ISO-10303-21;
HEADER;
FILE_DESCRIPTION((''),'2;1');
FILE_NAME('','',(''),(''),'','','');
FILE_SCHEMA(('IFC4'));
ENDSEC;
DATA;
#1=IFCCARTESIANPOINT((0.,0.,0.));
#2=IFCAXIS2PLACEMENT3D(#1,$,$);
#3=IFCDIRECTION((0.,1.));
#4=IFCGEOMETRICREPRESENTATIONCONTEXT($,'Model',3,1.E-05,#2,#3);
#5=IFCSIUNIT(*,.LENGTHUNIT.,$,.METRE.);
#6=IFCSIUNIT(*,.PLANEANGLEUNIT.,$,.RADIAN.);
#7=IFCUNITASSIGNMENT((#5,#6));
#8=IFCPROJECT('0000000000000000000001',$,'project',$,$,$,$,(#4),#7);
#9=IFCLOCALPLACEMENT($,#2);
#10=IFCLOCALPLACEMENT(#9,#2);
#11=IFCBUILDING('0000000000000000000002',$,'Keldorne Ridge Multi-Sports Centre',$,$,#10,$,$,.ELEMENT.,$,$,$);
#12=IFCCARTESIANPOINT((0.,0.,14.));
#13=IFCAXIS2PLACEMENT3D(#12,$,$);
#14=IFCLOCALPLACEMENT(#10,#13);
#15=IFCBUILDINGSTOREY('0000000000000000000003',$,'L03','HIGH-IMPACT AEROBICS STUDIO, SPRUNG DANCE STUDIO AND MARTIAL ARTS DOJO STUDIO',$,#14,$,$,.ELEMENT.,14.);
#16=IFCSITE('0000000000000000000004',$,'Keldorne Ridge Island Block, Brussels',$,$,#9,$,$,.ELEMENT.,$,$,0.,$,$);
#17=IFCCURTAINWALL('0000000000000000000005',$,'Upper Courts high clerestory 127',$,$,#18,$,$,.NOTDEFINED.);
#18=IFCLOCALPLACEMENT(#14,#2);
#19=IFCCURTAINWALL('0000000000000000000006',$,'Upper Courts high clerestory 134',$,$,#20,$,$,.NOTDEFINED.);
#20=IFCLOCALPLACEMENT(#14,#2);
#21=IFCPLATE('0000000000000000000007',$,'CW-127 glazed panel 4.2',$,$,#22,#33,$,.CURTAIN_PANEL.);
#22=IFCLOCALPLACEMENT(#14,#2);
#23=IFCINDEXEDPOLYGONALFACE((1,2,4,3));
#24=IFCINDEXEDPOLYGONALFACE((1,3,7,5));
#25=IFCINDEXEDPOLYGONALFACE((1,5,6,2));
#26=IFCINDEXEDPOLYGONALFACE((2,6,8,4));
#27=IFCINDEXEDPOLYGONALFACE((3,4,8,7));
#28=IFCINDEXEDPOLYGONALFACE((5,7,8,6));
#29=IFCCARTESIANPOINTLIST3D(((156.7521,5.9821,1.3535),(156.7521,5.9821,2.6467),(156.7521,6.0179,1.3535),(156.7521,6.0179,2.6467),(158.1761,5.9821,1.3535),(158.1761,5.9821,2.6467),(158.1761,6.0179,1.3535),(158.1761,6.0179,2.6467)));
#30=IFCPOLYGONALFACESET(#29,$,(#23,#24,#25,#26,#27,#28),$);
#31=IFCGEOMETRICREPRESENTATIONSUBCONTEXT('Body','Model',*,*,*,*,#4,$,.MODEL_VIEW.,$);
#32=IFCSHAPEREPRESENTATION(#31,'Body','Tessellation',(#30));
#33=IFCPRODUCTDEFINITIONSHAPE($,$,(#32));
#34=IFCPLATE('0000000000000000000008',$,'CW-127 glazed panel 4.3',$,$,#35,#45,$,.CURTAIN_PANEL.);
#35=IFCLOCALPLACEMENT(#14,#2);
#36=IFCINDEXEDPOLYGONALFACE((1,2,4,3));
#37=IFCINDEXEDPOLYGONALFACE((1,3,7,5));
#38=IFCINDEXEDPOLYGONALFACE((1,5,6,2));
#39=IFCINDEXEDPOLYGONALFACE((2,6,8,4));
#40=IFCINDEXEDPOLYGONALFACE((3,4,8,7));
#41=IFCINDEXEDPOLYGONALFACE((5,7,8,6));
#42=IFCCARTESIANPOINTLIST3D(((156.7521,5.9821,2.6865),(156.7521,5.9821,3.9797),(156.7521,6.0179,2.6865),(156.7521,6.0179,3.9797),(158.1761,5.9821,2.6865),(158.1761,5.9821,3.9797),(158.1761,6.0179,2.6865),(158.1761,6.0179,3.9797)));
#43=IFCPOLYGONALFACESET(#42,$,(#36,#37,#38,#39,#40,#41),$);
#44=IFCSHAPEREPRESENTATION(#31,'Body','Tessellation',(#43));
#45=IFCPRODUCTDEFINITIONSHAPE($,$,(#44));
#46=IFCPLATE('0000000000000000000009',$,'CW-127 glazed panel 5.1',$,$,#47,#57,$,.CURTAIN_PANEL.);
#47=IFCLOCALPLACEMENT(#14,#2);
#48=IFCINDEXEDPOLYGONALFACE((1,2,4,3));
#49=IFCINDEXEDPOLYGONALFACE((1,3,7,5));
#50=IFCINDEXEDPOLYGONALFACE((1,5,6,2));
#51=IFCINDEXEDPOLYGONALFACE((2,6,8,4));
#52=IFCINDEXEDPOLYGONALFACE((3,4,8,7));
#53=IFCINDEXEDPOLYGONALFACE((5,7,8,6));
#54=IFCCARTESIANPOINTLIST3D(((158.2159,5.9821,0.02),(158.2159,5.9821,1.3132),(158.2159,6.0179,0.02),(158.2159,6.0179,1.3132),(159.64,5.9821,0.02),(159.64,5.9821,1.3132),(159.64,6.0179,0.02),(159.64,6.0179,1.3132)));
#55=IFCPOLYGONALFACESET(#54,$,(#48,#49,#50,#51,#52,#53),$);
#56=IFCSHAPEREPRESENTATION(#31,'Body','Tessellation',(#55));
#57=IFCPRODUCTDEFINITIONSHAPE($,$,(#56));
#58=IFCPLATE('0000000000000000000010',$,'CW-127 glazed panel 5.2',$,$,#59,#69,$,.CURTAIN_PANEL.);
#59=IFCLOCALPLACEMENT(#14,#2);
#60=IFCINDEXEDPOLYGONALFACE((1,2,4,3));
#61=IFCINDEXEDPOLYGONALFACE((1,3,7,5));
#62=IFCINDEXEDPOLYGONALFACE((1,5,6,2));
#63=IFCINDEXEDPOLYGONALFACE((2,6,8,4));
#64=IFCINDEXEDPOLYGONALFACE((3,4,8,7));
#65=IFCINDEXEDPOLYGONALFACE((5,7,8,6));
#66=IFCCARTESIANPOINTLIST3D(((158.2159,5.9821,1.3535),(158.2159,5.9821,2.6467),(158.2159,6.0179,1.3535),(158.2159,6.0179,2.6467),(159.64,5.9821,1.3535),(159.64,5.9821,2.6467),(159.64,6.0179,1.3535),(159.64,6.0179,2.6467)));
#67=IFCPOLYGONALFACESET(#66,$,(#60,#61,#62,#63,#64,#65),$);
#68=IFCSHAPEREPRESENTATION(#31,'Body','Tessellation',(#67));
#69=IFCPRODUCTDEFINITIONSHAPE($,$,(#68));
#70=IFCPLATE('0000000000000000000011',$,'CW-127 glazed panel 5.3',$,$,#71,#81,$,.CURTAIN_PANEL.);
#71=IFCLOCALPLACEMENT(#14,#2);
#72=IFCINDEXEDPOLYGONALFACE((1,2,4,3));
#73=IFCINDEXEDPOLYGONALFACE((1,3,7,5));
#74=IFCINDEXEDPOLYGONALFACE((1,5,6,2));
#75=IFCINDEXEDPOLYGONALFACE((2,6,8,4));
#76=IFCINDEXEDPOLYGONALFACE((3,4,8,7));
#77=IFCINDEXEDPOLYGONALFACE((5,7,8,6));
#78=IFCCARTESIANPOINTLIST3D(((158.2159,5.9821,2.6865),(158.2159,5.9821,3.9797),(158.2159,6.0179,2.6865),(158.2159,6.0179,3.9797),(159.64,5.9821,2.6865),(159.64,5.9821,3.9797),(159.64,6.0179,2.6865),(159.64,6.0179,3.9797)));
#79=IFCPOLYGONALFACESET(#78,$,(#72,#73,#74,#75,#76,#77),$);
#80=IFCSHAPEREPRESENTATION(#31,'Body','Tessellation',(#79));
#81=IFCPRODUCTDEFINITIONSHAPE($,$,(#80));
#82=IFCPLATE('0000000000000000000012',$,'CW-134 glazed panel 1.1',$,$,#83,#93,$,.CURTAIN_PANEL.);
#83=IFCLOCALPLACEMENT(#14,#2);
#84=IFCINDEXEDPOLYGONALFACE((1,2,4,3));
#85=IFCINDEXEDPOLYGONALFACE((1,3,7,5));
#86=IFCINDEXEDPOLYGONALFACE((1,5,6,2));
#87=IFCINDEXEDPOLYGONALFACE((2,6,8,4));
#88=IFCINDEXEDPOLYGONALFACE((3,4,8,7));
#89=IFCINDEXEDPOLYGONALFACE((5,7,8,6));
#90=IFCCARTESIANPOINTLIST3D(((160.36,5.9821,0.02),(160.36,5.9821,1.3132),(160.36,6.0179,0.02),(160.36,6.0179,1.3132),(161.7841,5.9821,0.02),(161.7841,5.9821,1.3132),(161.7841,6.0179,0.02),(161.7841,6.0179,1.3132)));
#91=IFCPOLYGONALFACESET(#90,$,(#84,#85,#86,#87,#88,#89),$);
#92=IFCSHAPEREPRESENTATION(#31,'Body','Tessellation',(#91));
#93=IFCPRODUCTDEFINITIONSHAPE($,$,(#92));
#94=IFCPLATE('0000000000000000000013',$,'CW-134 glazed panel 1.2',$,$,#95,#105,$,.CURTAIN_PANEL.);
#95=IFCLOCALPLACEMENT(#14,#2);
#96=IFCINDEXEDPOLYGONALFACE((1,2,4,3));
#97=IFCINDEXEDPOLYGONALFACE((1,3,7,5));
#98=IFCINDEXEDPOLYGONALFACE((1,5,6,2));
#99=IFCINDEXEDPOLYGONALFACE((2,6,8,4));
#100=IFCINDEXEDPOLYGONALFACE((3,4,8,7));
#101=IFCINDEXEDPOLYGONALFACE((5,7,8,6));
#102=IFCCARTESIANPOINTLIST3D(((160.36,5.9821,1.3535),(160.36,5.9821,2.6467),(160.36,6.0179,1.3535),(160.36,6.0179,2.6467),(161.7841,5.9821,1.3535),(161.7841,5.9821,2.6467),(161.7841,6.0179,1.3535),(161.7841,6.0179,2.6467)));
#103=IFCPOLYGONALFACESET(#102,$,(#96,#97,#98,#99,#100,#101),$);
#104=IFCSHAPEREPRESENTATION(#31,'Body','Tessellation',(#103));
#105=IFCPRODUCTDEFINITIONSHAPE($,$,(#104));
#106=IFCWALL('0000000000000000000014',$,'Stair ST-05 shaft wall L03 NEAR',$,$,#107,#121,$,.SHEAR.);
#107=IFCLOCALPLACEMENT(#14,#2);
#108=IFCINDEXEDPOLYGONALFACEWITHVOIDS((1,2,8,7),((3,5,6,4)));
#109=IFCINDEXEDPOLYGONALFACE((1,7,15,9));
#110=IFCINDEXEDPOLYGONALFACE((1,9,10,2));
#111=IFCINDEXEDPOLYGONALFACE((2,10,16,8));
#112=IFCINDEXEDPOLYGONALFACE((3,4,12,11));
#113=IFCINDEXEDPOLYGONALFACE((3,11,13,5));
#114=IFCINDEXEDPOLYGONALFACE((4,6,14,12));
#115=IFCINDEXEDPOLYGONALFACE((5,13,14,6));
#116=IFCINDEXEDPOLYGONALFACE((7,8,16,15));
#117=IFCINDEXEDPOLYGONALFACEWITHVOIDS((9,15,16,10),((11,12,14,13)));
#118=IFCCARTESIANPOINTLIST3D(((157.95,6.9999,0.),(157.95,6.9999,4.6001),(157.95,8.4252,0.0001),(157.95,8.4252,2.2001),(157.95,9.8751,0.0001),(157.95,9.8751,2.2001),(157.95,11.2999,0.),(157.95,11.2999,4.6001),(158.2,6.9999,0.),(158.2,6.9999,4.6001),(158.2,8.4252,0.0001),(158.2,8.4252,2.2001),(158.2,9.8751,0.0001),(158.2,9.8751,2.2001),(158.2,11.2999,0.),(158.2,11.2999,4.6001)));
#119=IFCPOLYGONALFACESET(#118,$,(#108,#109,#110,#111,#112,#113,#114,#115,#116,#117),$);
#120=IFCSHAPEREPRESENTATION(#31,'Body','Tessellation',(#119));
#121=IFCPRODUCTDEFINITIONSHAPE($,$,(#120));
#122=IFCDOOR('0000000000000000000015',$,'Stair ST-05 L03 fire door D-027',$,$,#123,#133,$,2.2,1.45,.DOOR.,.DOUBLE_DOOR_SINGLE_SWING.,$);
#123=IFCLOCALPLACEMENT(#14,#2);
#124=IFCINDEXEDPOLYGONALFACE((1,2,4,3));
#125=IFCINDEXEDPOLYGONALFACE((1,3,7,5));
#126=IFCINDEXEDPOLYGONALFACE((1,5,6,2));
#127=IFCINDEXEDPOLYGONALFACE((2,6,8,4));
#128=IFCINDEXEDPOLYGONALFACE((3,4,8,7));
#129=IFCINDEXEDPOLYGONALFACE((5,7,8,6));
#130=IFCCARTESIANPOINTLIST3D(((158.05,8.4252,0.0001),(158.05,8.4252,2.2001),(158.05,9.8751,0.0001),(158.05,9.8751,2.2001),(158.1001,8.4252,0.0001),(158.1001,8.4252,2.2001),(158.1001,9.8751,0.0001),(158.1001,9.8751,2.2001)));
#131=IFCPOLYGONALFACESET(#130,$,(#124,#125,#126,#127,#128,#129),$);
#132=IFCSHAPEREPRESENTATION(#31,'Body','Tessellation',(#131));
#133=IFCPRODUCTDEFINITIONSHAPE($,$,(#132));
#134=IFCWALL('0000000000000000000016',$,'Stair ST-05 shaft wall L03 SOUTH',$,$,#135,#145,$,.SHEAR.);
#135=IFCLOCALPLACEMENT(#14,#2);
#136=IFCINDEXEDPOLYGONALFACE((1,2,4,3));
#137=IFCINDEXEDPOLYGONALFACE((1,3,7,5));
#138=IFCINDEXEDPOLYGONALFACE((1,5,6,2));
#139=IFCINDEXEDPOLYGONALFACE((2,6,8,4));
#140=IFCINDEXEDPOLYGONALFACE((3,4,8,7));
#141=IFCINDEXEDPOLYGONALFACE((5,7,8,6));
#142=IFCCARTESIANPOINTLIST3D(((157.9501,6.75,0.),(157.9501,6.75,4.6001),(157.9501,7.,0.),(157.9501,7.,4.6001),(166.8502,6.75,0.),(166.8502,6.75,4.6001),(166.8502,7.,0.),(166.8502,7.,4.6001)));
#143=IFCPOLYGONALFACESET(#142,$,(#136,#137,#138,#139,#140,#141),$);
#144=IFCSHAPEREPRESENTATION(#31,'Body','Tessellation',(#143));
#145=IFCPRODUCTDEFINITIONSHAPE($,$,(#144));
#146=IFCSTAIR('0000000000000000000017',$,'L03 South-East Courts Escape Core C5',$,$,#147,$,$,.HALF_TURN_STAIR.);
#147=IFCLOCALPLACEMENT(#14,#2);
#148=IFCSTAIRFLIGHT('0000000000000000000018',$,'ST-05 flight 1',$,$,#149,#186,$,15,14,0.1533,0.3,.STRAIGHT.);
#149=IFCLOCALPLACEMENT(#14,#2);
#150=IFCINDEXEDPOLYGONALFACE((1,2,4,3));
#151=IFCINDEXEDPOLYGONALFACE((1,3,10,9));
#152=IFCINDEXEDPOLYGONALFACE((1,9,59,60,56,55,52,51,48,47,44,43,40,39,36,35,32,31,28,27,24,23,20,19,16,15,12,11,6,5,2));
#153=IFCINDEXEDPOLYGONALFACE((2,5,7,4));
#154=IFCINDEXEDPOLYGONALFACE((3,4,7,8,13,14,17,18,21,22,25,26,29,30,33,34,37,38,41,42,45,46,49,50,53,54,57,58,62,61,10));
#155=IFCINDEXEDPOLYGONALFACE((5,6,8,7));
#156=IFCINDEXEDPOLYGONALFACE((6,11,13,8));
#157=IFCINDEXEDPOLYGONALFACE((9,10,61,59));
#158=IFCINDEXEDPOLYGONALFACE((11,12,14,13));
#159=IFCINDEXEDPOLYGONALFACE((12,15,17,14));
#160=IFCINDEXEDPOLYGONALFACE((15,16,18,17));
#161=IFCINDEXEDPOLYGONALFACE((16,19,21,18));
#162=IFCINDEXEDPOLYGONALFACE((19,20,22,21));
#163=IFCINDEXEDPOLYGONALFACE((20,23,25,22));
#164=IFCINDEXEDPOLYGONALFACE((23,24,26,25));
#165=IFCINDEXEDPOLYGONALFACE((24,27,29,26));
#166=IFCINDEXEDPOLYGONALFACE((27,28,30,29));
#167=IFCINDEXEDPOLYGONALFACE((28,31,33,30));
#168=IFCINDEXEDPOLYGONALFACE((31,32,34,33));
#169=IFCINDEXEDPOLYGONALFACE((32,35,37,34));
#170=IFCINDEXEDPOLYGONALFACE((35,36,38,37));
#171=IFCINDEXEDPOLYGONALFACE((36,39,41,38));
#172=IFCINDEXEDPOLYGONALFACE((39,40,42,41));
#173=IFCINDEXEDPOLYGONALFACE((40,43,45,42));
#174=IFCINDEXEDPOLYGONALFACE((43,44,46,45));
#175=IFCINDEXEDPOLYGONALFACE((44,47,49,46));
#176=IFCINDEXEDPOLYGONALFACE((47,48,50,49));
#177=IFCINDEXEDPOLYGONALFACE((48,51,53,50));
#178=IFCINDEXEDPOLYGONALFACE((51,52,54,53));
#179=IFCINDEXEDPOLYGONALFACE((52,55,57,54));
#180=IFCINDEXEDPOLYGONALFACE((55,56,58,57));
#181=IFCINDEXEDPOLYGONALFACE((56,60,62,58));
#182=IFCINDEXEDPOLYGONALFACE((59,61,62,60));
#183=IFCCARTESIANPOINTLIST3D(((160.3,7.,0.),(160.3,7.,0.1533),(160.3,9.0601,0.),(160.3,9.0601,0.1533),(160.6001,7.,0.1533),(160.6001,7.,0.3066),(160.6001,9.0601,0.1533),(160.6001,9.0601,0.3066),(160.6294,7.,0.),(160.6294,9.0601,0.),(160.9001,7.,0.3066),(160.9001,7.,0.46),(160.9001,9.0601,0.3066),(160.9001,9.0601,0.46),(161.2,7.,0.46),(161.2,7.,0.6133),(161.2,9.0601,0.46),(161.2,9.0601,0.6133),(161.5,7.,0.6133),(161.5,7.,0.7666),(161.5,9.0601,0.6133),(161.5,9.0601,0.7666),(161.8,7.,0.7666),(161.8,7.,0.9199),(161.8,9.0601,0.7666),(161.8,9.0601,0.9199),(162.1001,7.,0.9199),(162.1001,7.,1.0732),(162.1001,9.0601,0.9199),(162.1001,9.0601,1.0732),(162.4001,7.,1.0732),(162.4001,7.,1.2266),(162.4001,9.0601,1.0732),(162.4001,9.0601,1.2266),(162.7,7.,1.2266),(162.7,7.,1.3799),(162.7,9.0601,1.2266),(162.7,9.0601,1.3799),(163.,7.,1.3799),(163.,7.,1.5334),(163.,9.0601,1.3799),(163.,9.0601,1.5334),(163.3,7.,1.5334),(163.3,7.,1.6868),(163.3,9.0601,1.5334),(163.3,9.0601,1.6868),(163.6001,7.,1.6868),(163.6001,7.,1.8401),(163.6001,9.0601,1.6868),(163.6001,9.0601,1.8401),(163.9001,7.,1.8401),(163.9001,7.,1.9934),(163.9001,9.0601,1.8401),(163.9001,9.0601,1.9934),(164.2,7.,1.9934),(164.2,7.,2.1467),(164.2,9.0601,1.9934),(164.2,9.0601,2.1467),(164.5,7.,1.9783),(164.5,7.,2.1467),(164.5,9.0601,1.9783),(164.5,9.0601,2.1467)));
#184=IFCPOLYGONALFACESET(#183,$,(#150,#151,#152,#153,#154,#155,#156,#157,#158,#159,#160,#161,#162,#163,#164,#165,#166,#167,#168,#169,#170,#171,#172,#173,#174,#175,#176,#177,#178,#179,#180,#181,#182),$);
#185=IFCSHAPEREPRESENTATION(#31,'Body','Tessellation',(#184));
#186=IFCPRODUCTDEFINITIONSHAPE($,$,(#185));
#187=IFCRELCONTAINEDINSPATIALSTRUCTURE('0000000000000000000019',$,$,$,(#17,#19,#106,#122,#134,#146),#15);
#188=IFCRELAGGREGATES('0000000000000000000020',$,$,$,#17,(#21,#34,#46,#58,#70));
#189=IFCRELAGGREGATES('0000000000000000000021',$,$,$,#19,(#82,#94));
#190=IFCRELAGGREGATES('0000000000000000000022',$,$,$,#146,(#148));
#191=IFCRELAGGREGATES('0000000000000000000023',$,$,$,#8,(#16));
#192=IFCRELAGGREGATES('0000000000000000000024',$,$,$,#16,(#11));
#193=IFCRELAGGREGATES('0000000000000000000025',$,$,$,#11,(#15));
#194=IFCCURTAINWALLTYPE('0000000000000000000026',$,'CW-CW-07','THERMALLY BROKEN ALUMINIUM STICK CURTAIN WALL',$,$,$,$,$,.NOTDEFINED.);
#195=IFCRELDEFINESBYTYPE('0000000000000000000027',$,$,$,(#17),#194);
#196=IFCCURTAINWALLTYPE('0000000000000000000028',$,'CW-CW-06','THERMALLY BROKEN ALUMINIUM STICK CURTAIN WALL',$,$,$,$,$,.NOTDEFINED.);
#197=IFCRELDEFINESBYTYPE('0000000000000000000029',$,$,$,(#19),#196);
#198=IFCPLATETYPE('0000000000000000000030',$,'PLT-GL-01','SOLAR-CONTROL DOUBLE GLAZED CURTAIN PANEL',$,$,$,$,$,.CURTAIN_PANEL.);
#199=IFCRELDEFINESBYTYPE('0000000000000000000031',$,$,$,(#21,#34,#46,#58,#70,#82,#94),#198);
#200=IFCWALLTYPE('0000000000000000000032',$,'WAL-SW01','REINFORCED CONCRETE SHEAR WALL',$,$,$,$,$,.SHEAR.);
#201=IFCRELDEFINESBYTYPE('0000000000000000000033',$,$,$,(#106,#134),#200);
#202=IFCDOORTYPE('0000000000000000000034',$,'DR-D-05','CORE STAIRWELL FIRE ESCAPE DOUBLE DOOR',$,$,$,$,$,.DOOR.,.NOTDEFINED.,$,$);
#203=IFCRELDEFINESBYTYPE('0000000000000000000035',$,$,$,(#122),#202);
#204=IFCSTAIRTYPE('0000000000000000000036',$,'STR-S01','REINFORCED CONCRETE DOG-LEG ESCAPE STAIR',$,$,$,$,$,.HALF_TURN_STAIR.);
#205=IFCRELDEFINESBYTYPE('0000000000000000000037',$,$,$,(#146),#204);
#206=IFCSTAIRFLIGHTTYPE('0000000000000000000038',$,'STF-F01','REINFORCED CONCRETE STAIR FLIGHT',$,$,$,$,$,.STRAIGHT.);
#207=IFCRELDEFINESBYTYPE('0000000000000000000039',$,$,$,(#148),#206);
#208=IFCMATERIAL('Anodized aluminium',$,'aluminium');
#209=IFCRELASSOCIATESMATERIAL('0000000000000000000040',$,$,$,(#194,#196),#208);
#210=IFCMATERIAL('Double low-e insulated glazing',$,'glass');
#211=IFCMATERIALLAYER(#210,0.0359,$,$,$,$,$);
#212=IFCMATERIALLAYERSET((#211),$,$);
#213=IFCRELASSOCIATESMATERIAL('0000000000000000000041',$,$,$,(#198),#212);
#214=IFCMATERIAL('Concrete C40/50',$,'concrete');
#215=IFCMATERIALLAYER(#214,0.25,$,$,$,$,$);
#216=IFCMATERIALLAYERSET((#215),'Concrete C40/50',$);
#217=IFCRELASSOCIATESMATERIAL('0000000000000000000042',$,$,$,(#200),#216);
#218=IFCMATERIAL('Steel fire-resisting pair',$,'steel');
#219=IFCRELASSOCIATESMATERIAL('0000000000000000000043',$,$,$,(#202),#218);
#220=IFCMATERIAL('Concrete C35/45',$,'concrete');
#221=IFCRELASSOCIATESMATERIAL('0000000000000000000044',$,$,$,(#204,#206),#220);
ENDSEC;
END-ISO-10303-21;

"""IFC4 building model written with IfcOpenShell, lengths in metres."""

from ifc_helpers import new_model, si_unit, direction, frame, frame_2d, origin, origin_2d, place, context, subcontext, project, spatial, polyline, rectangle, outline, extrude, material, layer, layer_set, type_object, element, fill, aggregate, save


model = new_model("IFC4")

# Units and contexts
model_context = context("Model", 3, precision=1e-05, world=origin(), true_north=direction((0.0, 1.0)))
body_context = subcontext(model_context, "Body", "Model", "MODEL_VIEW")
ifc_project = project(units=[si_unit("LENGTHUNIT", "METRE"), si_unit("PLANEANGLEUNIT", "RADIAN")], contexts=[model_context])

# Site, building, storey
site_placement = place(None, origin())
site = spatial("IfcSite", under=ifc_project, at=site_placement, Name="Keldorne Ridge Island Block, Brussels", CompositionType="ELEMENT", RefElevation=0.0)
building_placement = place(site_placement, origin())
building = spatial("IfcBuilding", under=site, at=building_placement, Name="Keldorne Ridge Multi-Sports Centre", CompositionType="ELEMENT")
storey_placement = place(building_placement, frame((0.0, 0.0, 14.0)))
storey = spatial("IfcBuildingStorey", under=building, at=storey_placement, Name="L03", Description="HIGH-IMPACT AEROBICS STUDIO, SPRUNG DANCE STUDIO AND MARTIAL ARTS DOJO STUDIO", CompositionType="ELEMENT", Elevation=14.0)

# Curtain wall
ifc_material_1 = material(Name="Anodized aluminium", Category="aluminium")
curtain_wall_type_1 = type_object("IfcCurtainWallType", Name="CW-CW-07", Description="THERMALLY BROKEN ALUMINIUM STICK CURTAIN WALL", PredefinedType="NOTDEFINED", material=ifc_material_1)
curtain_wall_1_placement = place(storey_placement, origin())
curtain_wall_1 = element("IfcCurtainWall", 1, at=curtain_wall_1_placement, inside=storey, type_object=curtain_wall_type_1, Name="Upper Courts high clerestory 127", PredefinedType="NOTDEFINED")

# Curtain wall
curtain_wall_type_2 = type_object("IfcCurtainWallType", Name="CW-CW-06", Description="THERMALLY BROKEN ALUMINIUM STICK CURTAIN WALL", PredefinedType="NOTDEFINED", material=ifc_material_1)
curtain_wall_2_placement = place(storey_placement, origin())
curtain_wall_2 = element("IfcCurtainWall", 2, at=curtain_wall_2_placement, inside=storey, type_object=curtain_wall_type_2, Name="Upper Courts high clerestory 134", PredefinedType="NOTDEFINED")

# Plates
ifc_material_2 = material(Name="Double low-e insulated glazing", Category="glass")
ifc_layer_1 = layer(ifc_material_2, 0.0359)
ifc_layer_set_1 = layer_set([ifc_layer_1])
plate_type = type_object("IfcPlateType", Name="PLT-GL-01", Description="SOLAR-CONTROL DOUBLE GLAZED CURTAIN PANEL", PredefinedType="CURTAIN_PANEL", material=ifc_layer_set_1)
plate_1_placement = place(storey_placement, frame((157.4641, 6.0, 1.3535), z_axis=(0.0, 0.0, 1.0), x_axis=(1.0, 0.0, 0.0)))
plate_1 = element("IfcPlate", 3, at=plate_1_placement, type_object=plate_type, Name="CW-127 glazed panel 4.2", PredefinedType="CURTAIN_PANEL", context=body_context, shape_type="SweptSolid", body=[
    extrude(rectangle(XDim=1.4241, YDim=0.0359, at=origin_2d()), origin(), (0.0, 0.0, 1.0), 1.2932),
])
plate_2_placement = place(storey_placement, frame((157.4641, 6.0, 2.6865), z_axis=(0.0, 0.0, 1.0), x_axis=(1.0, 0.0, 0.0)))
plate_2 = element("IfcPlate", 4, at=plate_2_placement, type_object=plate_type, Name="CW-127 glazed panel 4.3", PredefinedType="CURTAIN_PANEL", context=body_context, shape_type="SweptSolid", body=[
    extrude(rectangle(XDim=1.4241, YDim=0.0359, at=origin_2d()), origin(), (0.0, 0.0, 1.0), 1.2932),
])
plate_3_placement = place(storey_placement, frame((158.928, 6.0, 0.02), z_axis=(0.0, 0.0, 1.0), x_axis=(1.0, 0.0, 0.0)))
plate_3 = element("IfcPlate", 5, at=plate_3_placement, type_object=plate_type, Name="CW-127 glazed panel 5.1", PredefinedType="CURTAIN_PANEL", context=body_context, shape_type="SweptSolid", body=[
    extrude(rectangle(XDim=1.4241, YDim=0.0359, at=origin_2d()), origin(), (0.0, 0.0, 1.0), 1.2932),
])
plate_4_placement = place(storey_placement, frame((158.928, 6.0, 1.3535), z_axis=(0.0, 0.0, 1.0), x_axis=(1.0, 0.0, 0.0)))
plate_4 = element("IfcPlate", 6, at=plate_4_placement, type_object=plate_type, Name="CW-127 glazed panel 5.2", PredefinedType="CURTAIN_PANEL", context=body_context, shape_type="SweptSolid", body=[
    extrude(rectangle(XDim=1.4241, YDim=0.0359, at=origin_2d()), origin(), (0.0, 0.0, 1.0), 1.2932),
])
plate_5_placement = place(storey_placement, frame((158.928, 6.0, 2.6865), z_axis=(0.0, 0.0, 1.0), x_axis=(1.0, 0.0, 0.0)))
plate_5 = element("IfcPlate", 7, at=plate_5_placement, type_object=plate_type, Name="CW-127 glazed panel 5.3", PredefinedType="CURTAIN_PANEL", context=body_context, shape_type="SweptSolid", body=[
    extrude(rectangle(XDim=1.4241, YDim=0.0359, at=origin_2d()), origin(), (0.0, 0.0, 1.0), 1.2932),
])
aggregate(curtain_wall_1, [plate_1, plate_2, plate_3, plate_4, plate_5])
plate_6_placement = place(storey_placement, frame((161.072, 6.0, 0.02), z_axis=(0.0, 0.0, 1.0), x_axis=(1.0, 0.0, 0.0)))
plate_6 = element("IfcPlate", 8, at=plate_6_placement, type_object=plate_type, Name="CW-134 glazed panel 1.1", PredefinedType="CURTAIN_PANEL", context=body_context, shape_type="SweptSolid", body=[
    extrude(rectangle(XDim=1.4241, YDim=0.0359, at=origin_2d()), origin(), (0.0, 0.0, 1.0), 1.2932),
])
plate_7_placement = place(storey_placement, frame((161.072, 6.0, 1.3535), z_axis=(0.0, 0.0, 1.0), x_axis=(1.0, 0.0, 0.0)))
plate_7 = element("IfcPlate", 9, at=plate_7_placement, type_object=plate_type, Name="CW-134 glazed panel 1.2", PredefinedType="CURTAIN_PANEL", context=body_context, shape_type="SweptSolid", body=[
    extrude(rectangle(XDim=1.4241, YDim=0.0359, at=origin_2d()), origin(), (0.0, 0.0, 1.0), 1.2932),
])
aggregate(curtain_wall_2, [plate_6, plate_7])

# Wall, opening, door
ifc_material_3 = material(Name="Concrete C40/50", Category="concrete")
ifc_layer_2 = layer(ifc_material_3, 0.25)
ifc_layer_set_2 = layer_set([ifc_layer_2], Name="Concrete C40/50")
wall_type = type_object("IfcWallType", Name="WAL-SW01", Description="REINFORCED CONCRETE SHEAR WALL", PredefinedType="SHEAR", material=ifc_layer_set_2)
wall_1_placement = place(storey_placement, frame((158.075, 7.0, 0.0), z_axis=(0.0, 0.0, 1.0), x_axis=(0.0, 1.0, 0.0)))
wall_1 = element("IfcWall", 10, at=wall_1_placement, inside=storey, type_object=wall_type, Name="Stair ST-05 shaft wall L03 NEAR", PredefinedType="SHEAR", context=body_context, shape_type="SweptSolid", body=[
    extrude(rectangle(XDim=4.3, YDim=0.25, at=frame_2d((2.1499, 0.0))), origin(), (0.0, 0.0, 1.0), 4.6001),
])
opening_placement = place(wall_1_placement, frame((1.425, 0.0, 0.0)))
opening = element("IfcOpeningElement", 11, at=opening_placement, cuts=wall_1, PredefinedType="OPENING", context=body_context, shape_type="SweptSolid", body=[
    extrude(rectangle(XDim=1.45, YDim=2.2, at=frame_2d((0.7251, 1.1001))), frame((0.0, 0.135, 0.0), z_axis=(0.0, -1.0, 0.0), x_axis=(1.0, 0.0, 0.0)), (0.0, 0.0, 1.0), 0.27),
])
ifc_material_4 = material(Name="Steel fire-resisting pair", Category="steel")
door_type = type_object("IfcDoorType", Name="DR-D-05", Description="CORE STAIRWELL FIRE ESCAPE DOUBLE DOOR", OperationType="NOTDEFINED", PredefinedType="DOOR", material=ifc_material_4)
door_placement = place(opening_placement, origin())
door = element("IfcDoor", 12, at=door_placement, inside=storey, type_object=door_type, Name="Stair ST-05 L03 fire door D-027", OperationType="DOUBLE_DOOR_SINGLE_SWING", OverallHeight=2.2, OverallWidth=1.45, PredefinedType="DOOR", context=body_context, shape_type="SweptSolid", body=[
    extrude(rectangle(XDim=1.45, YDim=2.2, at=frame_2d((0.7251, 1.1001))), frame((0.0, 0.0249, 0.0), z_axis=(0.0, -1.0, 0.0), x_axis=(1.0, 0.0, 0.0)), (0.0, 0.0, 1.0), 0.05),
])
fill(opening, door)

# Wall
wall_2_placement = place(storey_placement, frame((157.95, 6.875, 0.0), z_axis=(0.0, 0.0, 1.0), x_axis=(1.0, 0.0, 0.0)))
element("IfcWall", 13, at=wall_2_placement, inside=storey, type_object=wall_type, Name="Stair ST-05 shaft wall L03 SOUTH", PredefinedType="SHEAR", context=body_context, shape_type="SweptSolid", body=[
    extrude(rectangle(XDim=8.9001, YDim=0.25, at=frame_2d((4.4502, 0.0))), origin(), (0.0, 0.0, 1.0), 4.6001),
])

# Stair, stair flight
ifc_material_5 = material(Name="Concrete C35/45", Category="concrete")
stair_type = type_object("IfcStairType", Name="STR-S01", Description="REINFORCED CONCRETE DOG-LEG ESCAPE STAIR", PredefinedType="HALF_TURN_STAIR", material=ifc_material_5)
stair_placement = place(storey_placement, origin())
stair = element("IfcStair", 14, at=stair_placement, inside=storey, type_object=stair_type, Name="L03 South-East Courts Escape Core C5", PredefinedType="HALF_TURN_STAIR")
stair_flight_type = type_object("IfcStairFlightType", Name="STF-F01", Description="REINFORCED CONCRETE STAIR FLIGHT", PredefinedType="STRAIGHT", material=ifc_material_5)
stair_flight_placement = place(storey_placement, frame((160.3, 8.03, 0.0), z_axis=(0.0, 0.0, 1.0), x_axis=(1.0, 0.0, 0.0)))
stair_flight = element("IfcStairFlight", 15, at=stair_flight_placement, type_object=stair_flight_type, Name="ST-05 flight 1", NumberOfRisers=15, NumberOfTreads=14, PredefinedType="STRAIGHT", RiserHeight=0.1533, TreadLength=0.3, context=body_context, shape_type="SweptSolid", body=[
    extrude(outline(polyline([(0.0, 0.0), (0.0, 0.1533), (0.3, 0.1533), (0.3, 0.3066), (0.6001, 0.3066), (0.6001, 0.46), (0.8999, 0.46), (0.8999, 0.6133), (1.2, 0.6133), (1.2, 0.7666), (1.5, 0.7666), (1.5, 0.9199), (1.8, 0.9199), (1.8, 1.0732), (2.1001, 1.0732), (2.1001, 1.2266), (2.3999, 1.2266), (2.3999, 1.3799), (2.7, 1.3799), (2.7, 1.5334), (3.0, 1.5334), (3.0, 1.6868), (3.3, 1.6868), (3.3, 1.8401), (3.6001, 1.8401), (3.6001, 1.9934), (3.8999, 1.9934), (3.8999, 2.1467), (4.2, 2.1467), (4.2, 2.3), (4.2, 1.9783), (0.3293, 0.0), (0.0, 0.0)])), frame((0.0, 1.03, 0.0), z_axis=(0.0, -1.0, 0.0), x_axis=(1.0, 0.0, 0.0)), (0.0, 0.0, 1.0), 2.0601),
])
aggregate(stair, [stair_flight])

save(model, "model.ifc")
